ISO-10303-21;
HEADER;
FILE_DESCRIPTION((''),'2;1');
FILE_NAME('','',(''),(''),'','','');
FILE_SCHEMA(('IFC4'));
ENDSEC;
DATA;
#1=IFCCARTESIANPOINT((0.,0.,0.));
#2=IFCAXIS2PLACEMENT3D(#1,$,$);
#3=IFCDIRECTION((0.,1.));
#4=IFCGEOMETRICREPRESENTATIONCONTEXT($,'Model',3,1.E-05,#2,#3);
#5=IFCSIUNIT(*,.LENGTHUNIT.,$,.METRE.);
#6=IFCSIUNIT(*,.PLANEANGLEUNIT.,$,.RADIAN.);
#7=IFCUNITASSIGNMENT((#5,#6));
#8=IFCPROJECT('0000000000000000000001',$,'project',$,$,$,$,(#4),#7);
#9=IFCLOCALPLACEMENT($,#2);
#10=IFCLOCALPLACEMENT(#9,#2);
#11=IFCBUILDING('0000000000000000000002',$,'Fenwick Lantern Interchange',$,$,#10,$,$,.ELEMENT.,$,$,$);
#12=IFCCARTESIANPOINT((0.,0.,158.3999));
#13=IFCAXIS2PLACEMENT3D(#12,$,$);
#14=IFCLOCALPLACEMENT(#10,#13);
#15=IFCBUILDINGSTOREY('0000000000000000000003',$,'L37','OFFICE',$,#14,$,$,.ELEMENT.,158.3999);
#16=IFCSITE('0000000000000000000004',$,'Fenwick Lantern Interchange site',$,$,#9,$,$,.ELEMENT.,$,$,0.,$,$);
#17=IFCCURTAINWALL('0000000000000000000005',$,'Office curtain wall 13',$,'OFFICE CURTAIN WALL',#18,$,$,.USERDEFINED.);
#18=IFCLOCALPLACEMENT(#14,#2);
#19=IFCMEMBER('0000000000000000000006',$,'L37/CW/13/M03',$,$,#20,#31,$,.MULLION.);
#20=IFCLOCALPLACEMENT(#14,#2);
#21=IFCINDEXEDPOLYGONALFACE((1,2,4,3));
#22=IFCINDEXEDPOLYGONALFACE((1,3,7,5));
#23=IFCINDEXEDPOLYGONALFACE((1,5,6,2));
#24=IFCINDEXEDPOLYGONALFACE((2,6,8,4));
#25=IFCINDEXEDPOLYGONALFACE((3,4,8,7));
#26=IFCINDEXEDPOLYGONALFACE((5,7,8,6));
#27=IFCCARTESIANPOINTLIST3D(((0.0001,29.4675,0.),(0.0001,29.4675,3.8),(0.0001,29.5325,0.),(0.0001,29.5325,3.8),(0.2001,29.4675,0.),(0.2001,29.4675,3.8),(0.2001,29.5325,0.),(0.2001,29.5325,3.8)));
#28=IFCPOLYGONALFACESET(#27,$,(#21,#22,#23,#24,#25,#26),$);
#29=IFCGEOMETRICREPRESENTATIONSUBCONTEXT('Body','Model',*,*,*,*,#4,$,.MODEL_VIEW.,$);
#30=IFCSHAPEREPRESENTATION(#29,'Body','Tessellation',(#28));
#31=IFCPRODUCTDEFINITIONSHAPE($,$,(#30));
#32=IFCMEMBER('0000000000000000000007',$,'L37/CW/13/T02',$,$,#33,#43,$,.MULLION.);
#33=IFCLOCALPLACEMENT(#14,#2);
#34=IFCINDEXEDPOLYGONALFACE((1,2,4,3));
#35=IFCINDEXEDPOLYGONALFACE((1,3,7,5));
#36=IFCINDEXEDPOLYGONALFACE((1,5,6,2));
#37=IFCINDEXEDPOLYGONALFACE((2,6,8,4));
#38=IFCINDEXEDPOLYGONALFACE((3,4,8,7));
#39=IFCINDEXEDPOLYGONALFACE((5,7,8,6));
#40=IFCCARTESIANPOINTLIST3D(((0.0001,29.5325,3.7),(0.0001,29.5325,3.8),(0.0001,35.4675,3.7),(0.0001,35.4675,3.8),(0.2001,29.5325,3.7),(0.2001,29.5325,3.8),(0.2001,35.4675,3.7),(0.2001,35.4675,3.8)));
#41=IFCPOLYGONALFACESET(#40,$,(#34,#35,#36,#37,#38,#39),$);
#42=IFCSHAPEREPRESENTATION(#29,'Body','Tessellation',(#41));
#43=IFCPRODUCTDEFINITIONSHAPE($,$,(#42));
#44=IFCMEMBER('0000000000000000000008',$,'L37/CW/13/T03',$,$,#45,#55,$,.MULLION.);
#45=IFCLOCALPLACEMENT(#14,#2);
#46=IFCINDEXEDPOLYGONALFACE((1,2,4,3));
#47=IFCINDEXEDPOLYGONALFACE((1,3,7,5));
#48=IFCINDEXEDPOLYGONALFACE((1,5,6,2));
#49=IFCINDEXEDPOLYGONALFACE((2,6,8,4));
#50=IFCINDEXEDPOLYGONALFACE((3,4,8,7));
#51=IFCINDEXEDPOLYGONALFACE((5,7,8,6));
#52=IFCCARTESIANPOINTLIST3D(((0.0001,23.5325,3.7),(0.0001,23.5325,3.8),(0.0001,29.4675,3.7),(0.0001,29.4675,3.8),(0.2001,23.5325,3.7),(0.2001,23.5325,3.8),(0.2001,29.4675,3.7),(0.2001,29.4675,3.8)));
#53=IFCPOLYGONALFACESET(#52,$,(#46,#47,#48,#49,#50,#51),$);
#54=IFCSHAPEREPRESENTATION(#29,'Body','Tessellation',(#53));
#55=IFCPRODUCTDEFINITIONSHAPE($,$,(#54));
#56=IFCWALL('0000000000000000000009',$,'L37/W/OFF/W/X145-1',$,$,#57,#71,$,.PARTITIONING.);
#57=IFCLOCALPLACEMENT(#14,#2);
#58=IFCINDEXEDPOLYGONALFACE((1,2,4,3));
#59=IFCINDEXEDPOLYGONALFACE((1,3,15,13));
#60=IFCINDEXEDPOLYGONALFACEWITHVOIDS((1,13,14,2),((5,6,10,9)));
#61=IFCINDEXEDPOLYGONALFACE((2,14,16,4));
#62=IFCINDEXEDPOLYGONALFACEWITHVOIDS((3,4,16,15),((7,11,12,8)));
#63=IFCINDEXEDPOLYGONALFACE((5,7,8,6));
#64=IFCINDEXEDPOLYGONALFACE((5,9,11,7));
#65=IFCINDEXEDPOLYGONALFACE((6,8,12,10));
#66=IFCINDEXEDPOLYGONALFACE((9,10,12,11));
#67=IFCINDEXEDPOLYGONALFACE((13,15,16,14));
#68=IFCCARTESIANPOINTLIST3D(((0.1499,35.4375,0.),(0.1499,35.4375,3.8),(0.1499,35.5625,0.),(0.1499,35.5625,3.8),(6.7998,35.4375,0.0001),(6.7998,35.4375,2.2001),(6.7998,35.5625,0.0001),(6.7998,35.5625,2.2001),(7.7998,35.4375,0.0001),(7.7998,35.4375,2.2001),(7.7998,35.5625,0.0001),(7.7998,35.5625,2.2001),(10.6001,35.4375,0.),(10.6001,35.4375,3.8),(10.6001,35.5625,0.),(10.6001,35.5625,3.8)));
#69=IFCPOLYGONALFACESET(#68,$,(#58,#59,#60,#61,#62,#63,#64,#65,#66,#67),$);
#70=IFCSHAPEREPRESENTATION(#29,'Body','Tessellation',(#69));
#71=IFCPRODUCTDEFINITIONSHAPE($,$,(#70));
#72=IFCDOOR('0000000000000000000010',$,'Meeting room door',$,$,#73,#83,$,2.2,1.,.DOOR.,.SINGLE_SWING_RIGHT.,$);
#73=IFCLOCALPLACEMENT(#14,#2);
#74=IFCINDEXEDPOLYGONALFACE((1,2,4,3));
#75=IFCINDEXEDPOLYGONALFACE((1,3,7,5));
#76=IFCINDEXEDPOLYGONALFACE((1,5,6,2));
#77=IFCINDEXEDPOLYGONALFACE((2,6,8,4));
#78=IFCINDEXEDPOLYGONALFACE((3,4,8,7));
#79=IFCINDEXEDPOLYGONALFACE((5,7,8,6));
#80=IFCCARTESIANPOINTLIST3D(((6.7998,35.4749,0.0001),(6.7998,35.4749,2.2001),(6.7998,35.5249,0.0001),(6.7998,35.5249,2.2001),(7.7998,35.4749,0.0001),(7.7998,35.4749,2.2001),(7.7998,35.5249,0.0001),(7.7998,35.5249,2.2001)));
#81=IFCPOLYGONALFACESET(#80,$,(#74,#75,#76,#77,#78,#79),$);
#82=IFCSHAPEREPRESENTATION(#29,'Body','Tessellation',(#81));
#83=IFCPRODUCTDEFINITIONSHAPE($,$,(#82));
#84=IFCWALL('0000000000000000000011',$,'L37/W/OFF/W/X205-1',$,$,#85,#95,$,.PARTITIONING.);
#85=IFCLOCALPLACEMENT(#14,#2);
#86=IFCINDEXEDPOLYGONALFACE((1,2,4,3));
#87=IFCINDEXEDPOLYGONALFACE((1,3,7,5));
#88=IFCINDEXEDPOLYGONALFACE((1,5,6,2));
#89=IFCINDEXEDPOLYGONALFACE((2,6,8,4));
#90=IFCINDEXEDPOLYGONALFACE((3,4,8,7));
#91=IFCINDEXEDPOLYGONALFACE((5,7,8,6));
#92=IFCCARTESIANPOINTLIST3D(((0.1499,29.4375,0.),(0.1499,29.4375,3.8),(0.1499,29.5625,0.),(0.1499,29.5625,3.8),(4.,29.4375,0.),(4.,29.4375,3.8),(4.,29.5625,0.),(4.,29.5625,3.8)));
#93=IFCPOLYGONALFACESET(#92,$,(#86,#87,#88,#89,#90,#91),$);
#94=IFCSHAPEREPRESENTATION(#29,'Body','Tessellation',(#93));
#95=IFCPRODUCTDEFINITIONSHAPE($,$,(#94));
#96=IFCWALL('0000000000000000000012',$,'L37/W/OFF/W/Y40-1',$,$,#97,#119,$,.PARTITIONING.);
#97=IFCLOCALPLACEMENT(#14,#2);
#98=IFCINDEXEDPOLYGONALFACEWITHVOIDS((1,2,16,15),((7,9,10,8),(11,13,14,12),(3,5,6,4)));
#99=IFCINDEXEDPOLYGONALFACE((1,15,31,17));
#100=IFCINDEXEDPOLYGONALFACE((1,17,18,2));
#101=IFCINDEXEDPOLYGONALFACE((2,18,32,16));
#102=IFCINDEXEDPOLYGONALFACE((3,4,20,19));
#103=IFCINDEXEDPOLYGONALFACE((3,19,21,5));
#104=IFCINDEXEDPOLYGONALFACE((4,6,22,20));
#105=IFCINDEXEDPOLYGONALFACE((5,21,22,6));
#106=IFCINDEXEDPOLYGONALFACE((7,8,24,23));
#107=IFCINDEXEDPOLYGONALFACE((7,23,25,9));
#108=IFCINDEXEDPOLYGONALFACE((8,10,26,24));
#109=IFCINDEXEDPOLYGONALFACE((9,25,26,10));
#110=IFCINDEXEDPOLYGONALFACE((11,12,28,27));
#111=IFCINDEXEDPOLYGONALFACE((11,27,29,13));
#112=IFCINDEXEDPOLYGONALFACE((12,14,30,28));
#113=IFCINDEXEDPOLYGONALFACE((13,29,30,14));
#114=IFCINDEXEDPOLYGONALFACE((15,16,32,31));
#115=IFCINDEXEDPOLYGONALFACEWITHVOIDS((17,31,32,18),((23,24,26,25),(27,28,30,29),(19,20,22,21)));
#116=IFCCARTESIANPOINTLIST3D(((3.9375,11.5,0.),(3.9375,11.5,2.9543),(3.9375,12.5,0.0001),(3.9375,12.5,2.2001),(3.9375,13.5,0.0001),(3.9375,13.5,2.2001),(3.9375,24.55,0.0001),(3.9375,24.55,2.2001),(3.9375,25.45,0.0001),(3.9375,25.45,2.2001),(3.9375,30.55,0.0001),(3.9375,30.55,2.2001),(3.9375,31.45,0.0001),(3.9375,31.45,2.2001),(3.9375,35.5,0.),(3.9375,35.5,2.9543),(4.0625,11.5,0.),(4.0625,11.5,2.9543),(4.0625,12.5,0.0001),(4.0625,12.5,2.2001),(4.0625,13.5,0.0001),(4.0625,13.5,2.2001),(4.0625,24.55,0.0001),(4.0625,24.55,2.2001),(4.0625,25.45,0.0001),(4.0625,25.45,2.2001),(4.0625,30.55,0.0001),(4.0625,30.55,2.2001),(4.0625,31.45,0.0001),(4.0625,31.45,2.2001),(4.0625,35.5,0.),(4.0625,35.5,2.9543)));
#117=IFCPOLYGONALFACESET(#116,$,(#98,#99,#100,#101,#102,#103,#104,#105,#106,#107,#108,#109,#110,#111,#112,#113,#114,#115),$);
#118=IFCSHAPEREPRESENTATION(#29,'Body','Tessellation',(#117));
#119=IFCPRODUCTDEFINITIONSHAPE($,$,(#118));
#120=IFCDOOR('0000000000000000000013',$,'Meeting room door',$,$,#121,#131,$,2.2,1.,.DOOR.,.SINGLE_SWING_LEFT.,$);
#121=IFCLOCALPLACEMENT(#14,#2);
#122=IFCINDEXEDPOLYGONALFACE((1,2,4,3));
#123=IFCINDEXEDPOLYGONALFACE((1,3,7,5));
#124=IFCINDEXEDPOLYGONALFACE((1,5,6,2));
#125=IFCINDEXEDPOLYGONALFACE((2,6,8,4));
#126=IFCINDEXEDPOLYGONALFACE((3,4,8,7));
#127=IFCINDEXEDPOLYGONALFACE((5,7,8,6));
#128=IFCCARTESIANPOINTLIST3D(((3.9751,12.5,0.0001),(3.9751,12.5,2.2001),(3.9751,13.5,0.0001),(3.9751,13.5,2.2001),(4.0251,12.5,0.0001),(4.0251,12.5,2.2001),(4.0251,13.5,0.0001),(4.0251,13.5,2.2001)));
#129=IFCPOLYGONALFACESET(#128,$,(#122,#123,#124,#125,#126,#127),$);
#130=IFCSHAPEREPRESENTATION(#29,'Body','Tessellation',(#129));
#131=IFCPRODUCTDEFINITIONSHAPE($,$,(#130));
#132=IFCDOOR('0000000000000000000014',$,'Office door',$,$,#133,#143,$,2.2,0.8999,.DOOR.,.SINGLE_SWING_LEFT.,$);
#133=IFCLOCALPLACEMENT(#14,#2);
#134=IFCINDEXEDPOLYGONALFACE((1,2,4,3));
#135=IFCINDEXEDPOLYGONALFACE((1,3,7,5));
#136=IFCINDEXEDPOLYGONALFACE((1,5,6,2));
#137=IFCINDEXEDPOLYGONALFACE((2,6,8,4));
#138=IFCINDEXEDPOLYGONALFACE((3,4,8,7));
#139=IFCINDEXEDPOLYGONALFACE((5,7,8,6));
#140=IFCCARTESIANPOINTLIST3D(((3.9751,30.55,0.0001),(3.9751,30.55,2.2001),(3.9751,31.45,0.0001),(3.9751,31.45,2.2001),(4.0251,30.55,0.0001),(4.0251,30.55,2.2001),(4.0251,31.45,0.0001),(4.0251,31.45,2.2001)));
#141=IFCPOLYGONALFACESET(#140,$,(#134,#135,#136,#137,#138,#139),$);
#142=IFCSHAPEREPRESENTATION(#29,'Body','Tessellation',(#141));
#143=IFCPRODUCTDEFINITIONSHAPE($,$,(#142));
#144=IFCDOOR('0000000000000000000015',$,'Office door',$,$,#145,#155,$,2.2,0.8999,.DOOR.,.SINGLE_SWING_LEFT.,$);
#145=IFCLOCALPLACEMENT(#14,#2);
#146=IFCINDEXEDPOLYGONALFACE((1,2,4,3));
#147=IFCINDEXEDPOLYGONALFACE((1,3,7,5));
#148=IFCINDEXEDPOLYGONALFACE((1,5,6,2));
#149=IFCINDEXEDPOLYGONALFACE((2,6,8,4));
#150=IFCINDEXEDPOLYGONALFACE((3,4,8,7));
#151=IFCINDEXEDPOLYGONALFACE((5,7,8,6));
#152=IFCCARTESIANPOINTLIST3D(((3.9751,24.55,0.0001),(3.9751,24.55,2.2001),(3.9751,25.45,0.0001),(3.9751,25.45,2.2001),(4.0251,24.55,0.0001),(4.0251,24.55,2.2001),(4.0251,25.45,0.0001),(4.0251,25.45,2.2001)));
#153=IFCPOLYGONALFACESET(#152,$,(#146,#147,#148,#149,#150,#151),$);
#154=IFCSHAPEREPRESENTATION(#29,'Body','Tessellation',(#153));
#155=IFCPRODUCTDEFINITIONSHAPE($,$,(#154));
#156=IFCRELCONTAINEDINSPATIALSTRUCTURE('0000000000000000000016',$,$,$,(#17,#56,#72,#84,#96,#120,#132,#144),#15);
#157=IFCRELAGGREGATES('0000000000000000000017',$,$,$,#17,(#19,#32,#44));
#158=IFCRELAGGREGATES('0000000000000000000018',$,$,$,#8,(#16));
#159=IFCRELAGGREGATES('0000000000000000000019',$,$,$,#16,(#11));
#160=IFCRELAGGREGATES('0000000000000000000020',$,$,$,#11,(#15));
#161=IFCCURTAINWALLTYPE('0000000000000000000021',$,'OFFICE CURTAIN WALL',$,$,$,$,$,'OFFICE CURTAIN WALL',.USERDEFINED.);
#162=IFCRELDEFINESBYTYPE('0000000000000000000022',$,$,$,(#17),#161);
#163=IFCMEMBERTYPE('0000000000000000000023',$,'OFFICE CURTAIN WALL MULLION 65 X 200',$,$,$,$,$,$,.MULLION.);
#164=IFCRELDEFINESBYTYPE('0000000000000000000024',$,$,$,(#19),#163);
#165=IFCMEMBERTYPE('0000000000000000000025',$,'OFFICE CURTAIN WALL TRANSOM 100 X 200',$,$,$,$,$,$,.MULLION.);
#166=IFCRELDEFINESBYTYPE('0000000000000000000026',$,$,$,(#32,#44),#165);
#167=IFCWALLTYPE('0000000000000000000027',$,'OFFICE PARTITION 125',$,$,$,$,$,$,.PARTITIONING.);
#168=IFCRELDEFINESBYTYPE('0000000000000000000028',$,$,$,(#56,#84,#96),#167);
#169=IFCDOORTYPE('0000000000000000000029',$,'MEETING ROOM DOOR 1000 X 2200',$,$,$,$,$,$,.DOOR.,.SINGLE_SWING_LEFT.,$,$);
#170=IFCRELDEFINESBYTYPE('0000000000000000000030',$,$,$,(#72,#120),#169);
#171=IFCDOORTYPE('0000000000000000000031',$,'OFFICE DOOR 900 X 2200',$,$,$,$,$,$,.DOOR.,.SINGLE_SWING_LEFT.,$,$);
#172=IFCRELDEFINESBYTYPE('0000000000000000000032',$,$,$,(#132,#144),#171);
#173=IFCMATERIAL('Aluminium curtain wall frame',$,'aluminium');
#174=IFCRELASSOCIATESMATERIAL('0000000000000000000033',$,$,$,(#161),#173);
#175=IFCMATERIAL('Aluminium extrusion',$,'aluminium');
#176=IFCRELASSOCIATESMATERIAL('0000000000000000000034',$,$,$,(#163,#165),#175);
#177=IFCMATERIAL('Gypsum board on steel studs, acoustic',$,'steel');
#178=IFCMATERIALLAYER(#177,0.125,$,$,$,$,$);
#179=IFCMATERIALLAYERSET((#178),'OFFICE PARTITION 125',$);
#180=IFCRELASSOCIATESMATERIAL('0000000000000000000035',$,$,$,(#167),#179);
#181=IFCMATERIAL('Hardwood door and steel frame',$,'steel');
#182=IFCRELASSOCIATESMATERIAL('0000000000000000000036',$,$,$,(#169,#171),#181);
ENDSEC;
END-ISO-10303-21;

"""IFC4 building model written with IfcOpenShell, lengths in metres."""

from ifc_helpers import new_model, si_unit, direction, frame, frame_2d, origin, origin_2d, place, context, subcontext, project, spatial, rectangle, extrude, material, layer, layer_set, material_profile, profile_set, type_object, element, fill, aggregate, save


model = new_model("IFC4")

# Units and contexts
model_context = context("Model", 3, precision=1e-05, world=origin(), true_north=direction((0.0, 1.0)))
body_context = subcontext(model_context, "Body", "Model", "MODEL_VIEW")
ifc_project = project(units=[si_unit("LENGTHUNIT", "METRE"), si_unit("PLANEANGLEUNIT", "RADIAN")], contexts=[model_context])

# Site, building, storey
site_placement = place(None, origin())
site = spatial("IfcSite", under=ifc_project, at=site_placement, Name="Fenwick Lantern Interchange site", CompositionType="ELEMENT", RefElevation=0.0)
building_placement = place(site_placement, origin())
building = spatial("IfcBuilding", under=site, at=building_placement, Name="Fenwick Lantern Interchange", CompositionType="ELEMENT")
storey_placement = place(building_placement, frame((0.0, 0.0, 158.3999)))
storey = spatial("IfcBuildingStorey", under=building, at=storey_placement, Name="L37", Description="OFFICE", CompositionType="ELEMENT", Elevation=158.3999)

# Curtain wall, members
ifc_material_1 = material(Name="Aluminium curtain wall frame", Category="aluminium")
curtain_wall_type = type_object("IfcCurtainWallType", Name="OFFICE CURTAIN WALL", ElementType="OFFICE CURTAIN WALL", PredefinedType="USERDEFINED", material=ifc_material_1)
curtain_wall_placement = place(storey_placement, origin())
curtain_wall = element("IfcCurtainWall", 1, at=curtain_wall_placement, inside=storey, type_object=curtain_wall_type, Name="Office curtain wall 13", ObjectType="OFFICE CURTAIN WALL", PredefinedType="USERDEFINED")
ifc_material_2 = material(Name="Aluminium extrusion", Category="aluminium")
ifc_material_profile_1 = material_profile(ifc_material_2, rectangle(XDim=0.2, YDim=0.0649, at=origin_2d()), Name="OFFICE CURTAIN WALL MULLION 65 X 200")
ifc_profile_set_1 = profile_set([ifc_material_profile_1], Name="Aluminium extrusion")
member_type_1 = type_object("IfcMemberType", Name="OFFICE CURTAIN WALL MULLION 65 X 200", PredefinedType="MULLION", material=ifc_profile_set_1)
member_1_placement = place(storey_placement, frame((0.1001, 29.5, 0.0), z_axis=(0.0, 0.0, 1.0), x_axis=(1.0, 0.0, 0.0)))
member_1 = element("IfcMember", 2, at=member_1_placement, type_object=member_type_1, Name="L37/CW/13/M03", PredefinedType="MULLION", context=body_context, shape_type="SweptSolid", body=[
    extrude(rectangle(XDim=0.2, YDim=0.0649, at=origin_2d()), origin(), (0.0, 0.0, 1.0), 3.8),
])
ifc_material_profile_2 = material_profile(ifc_material_2, rectangle(XDim=0.2, YDim=0.1001, at=origin_2d()), Name="OFFICE CURTAIN WALL TRANSOM 100 X 200")
ifc_profile_set_2 = profile_set([ifc_material_profile_2], Name="Aluminium extrusion")
member_type_2 = type_object("IfcMemberType", Name="OFFICE CURTAIN WALL TRANSOM 100 X 200", PredefinedType="MULLION", material=ifc_profile_set_2)
member_2_placement = place(storey_placement, frame((0.1001, 35.4675, 3.75), z_axis=(0.0, -1.0, 0.0), x_axis=(1.0, 0.0, 0.0)))
member_2 = element("IfcMember", 3, at=member_2_placement, type_object=member_type_2, Name="L37/CW/13/T02", PredefinedType="MULLION", context=body_context, shape_type="SweptSolid", body=[
    extrude(rectangle(XDim=0.2, YDim=0.1001, at=origin_2d()), origin(), (0.0, 0.0, 1.0), 5.9351),
])
member_3_placement = place(storey_placement, frame((0.1001, 29.4675, 3.75), z_axis=(0.0, -1.0, 0.0), x_axis=(1.0, 0.0, 0.0)))
member_3 = element("IfcMember", 4, at=member_3_placement, type_object=member_type_2, Name="L37/CW/13/T03", PredefinedType="MULLION", context=body_context, shape_type="SweptSolid", body=[
    extrude(rectangle(XDim=0.2, YDim=0.1001, at=origin_2d()), origin(), (0.0, 0.0, 1.0), 5.9351),
])
aggregate(curtain_wall, [member_1, member_2, member_3])

# Wall, opening, door
ifc_material_3 = material(Name="Gypsum board on steel studs, acoustic", Category="steel")
ifc_layer = layer(ifc_material_3, 0.125)
ifc_layer_set = layer_set([ifc_layer], Name="OFFICE PARTITION 125")
wall_type = type_object("IfcWallType", Name="OFFICE PARTITION 125", PredefinedType="PARTITIONING", material=ifc_layer_set)
wall_1_placement = place(storey_placement, frame((0.1499, 35.5, 0.0), z_axis=(0.0, 0.0, 1.0), x_axis=(1.0, 0.0, 0.0)))
wall_1 = element("IfcWall", 5, at=wall_1_placement, inside=storey, type_object=wall_type, Name="L37/W/OFF/W/X145-1", PredefinedType="PARTITIONING", context=body_context, shape_type="SweptSolid", body=[
    extrude(rectangle(XDim=10.4502, YDim=0.125, at=frame_2d((5.2251, 0.0))), origin(), (0.0, 0.0, 1.0), 3.8),
])
opening_1_placement = place(wall_1_placement, frame((6.6499, 0.0, 0.0)))
opening_1 = element("IfcOpeningElement", 6, at=opening_1_placement, cuts=wall_1, PredefinedType="OPENING", context=body_context, shape_type="SweptSolid", body=[
    extrude(rectangle(XDim=1.0, YDim=2.2, at=frame_2d((0.5, 1.1001))), frame((0.0, 0.0725, 0.0), z_axis=(0.0, -1.0, 0.0), x_axis=(1.0, 0.0, 0.0)), (0.0, 0.0, 1.0), 0.145),
])
ifc_material_4 = material(Name="Hardwood door and steel frame", Category="steel")
door_type_1 = type_object("IfcDoorType", Name="MEETING ROOM DOOR 1000 X 2200", OperationType="SINGLE_SWING_LEFT", PredefinedType="DOOR", material=ifc_material_4)
door_1_placement = place(opening_1_placement, origin())
door_1 = element("IfcDoor", 7, at=door_1_placement, inside=storey, type_object=door_type_1, Name="Meeting room door", OperationType="SINGLE_SWING_RIGHT", OverallHeight=2.2, OverallWidth=1.0, PredefinedType="DOOR", context=body_context, shape_type="SweptSolid", body=[
    extrude(rectangle(XDim=1.0, YDim=2.2, at=frame_2d((0.5, 1.1001))), frame((0.0, 0.0249, 0.0), z_axis=(0.0, -1.0, 0.0), x_axis=(1.0, 0.0, 0.0)), (0.0, 0.0, 1.0), 0.05),
])
fill(opening_1, door_1)

# Wall
wall_2_placement = place(storey_placement, frame((0.1499, 29.5, 0.0), z_axis=(0.0, 0.0, 1.0), x_axis=(1.0, 0.0, 0.0)))
element("IfcWall", 8, at=wall_2_placement, inside=storey, type_object=wall_type, Name="L37/W/OFF/W/X205-1", PredefinedType="PARTITIONING", context=body_context, shape_type="SweptSolid", body=[
    extrude(rectangle(XDim=3.8501, YDim=0.125, at=frame_2d((1.925, 0.0))), origin(), (0.0, 0.0, 1.0), 3.8),
])

# Wall, openings, doors
wall_3_placement = place(storey_placement, frame((4.0, 35.5, 0.0), z_axis=(0.0, 0.0, 1.0), x_axis=(0.0, -1.0, 0.0)))
wall_3 = element("IfcWall", 9, at=wall_3_placement, inside=storey, type_object=wall_type, Name="L37/W/OFF/W/Y40-1", PredefinedType="PARTITIONING", context=body_context, shape_type="SweptSolid", body=[
    extrude(rectangle(XDim=24.0, YDim=0.125, at=frame_2d((12.0, 0.0))), origin(), (0.0, 0.0, 1.0), 2.9543),
])
opening_2_placement = place(wall_3_placement, frame((4.05, 0.0, 0.0)))
opening_2 = element("IfcOpeningElement", 10, at=opening_2_placement, cuts=wall_3, PredefinedType="OPENING", context=body_context, shape_type="SweptSolid", body=[
    extrude(rectangle(XDim=0.8999, YDim=2.2, at=frame_2d((0.45, 1.1001))), frame((0.0, 0.0725, 0.0), z_axis=(0.0, -1.0, 0.0), x_axis=(1.0, 0.0, 0.0)), (0.0, 0.0, 1.0), 0.145),
])
opening_3_placement = place(wall_3_placement, frame((10.05, 0.0, 0.0)))
opening_3 = element("IfcOpeningElement", 11, at=opening_3_placement, cuts=wall_3, PredefinedType="OPENING", context=body_context, shape_type="SweptSolid", body=[
    extrude(rectangle(XDim=0.8999, YDim=2.2, at=frame_2d((0.45, 1.1001))), frame((0.0, 0.0725, 0.0), z_axis=(0.0, -1.0, 0.0), x_axis=(1.0, 0.0, 0.0)), (0.0, 0.0, 1.0), 0.145),
])
opening_4_placement = place(wall_3_placement, frame((22.0, 0.0, 0.0)))
opening_4 = element("IfcOpeningElement", 12, at=opening_4_placement, cuts=wall_3, PredefinedType="OPENING", context=body_context, shape_type="SweptSolid", body=[
    extrude(rectangle(XDim=1.0, YDim=2.2, at=frame_2d((0.5, 1.1001))), frame((0.0, 0.0725, 0.0), z_axis=(0.0, -1.0, 0.0), x_axis=(1.0, 0.0, 0.0)), (0.0, 0.0, 1.0), 0.145),
])
door_2_placement = place(opening_4_placement, frame((1.0, 0.0, 0.0), z_axis=(0.0, 0.0, 1.0), x_axis=(-1.0, 0.0, 0.0)))
door_2 = element("IfcDoor", 13, at=door_2_placement, inside=storey, type_object=door_type_1, Name="Meeting room door", OperationType="SINGLE_SWING_LEFT", OverallHeight=2.2, OverallWidth=1.0, PredefinedType="DOOR", context=body_context, shape_type="SweptSolid", body=[
    extrude(rectangle(XDim=1.0, YDim=2.2, at=frame_2d((0.5, 1.1001))), frame((0.0, 0.0249, 0.0), z_axis=(0.0, -1.0, 0.0), x_axis=(1.0, 0.0, 0.0)), (0.0, 0.0, 1.0), 0.05),
])
fill(opening_4, door_2)
door_type_2 = type_object("IfcDoorType", Name="OFFICE DOOR 900 X 2200", OperationType="SINGLE_SWING_LEFT", PredefinedType="DOOR", material=ifc_material_4)
door_3_placement = place(opening_2_placement, frame((0.8999, 0.0, 0.0), z_axis=(0.0, 0.0, 1.0), x_axis=(-1.0, 0.0, 0.0)))
door_3 = element("IfcDoor", 14, at=door_3_placement, inside=storey, type_object=door_type_2, Name="Office door", OperationType="SINGLE_SWING_LEFT", OverallHeight=2.2, OverallWidth=0.8999, PredefinedType="DOOR", context=body_context, shape_type="SweptSolid", body=[
    extrude(rectangle(XDim=0.8999, YDim=2.2, at=frame_2d((0.45, 1.1001))), frame((0.0, 0.0249, 0.0), z_axis=(0.0, -1.0, 0.0), x_axis=(1.0, 0.0, 0.0)), (0.0, 0.0, 1.0), 0.05),
])
fill(opening_2, door_3)
door_4_placement = place(opening_3_placement, frame((0.8999, 0.0, 0.0), z_axis=(0.0, 0.0, 1.0), x_axis=(-1.0, 0.0, 0.0)))
door_4 = element("IfcDoor", 15, at=door_4_placement, inside=storey, type_object=door_type_2, Name="Office door", OperationType="SINGLE_SWING_LEFT", OverallHeight=2.2, OverallWidth=0.8999, PredefinedType="DOOR", context=body_context, shape_type="SweptSolid", body=[
    extrude(rectangle(XDim=0.8999, YDim=2.2, at=frame_2d((0.45, 1.1001))), frame((0.0, 0.0249, 0.0), z_axis=(0.0, -1.0, 0.0), x_axis=(1.0, 0.0, 0.0)), (0.0, 0.0, 1.0), 0.05),
])
fill(opening_3, door_4)

save(model, "model.ifc")
